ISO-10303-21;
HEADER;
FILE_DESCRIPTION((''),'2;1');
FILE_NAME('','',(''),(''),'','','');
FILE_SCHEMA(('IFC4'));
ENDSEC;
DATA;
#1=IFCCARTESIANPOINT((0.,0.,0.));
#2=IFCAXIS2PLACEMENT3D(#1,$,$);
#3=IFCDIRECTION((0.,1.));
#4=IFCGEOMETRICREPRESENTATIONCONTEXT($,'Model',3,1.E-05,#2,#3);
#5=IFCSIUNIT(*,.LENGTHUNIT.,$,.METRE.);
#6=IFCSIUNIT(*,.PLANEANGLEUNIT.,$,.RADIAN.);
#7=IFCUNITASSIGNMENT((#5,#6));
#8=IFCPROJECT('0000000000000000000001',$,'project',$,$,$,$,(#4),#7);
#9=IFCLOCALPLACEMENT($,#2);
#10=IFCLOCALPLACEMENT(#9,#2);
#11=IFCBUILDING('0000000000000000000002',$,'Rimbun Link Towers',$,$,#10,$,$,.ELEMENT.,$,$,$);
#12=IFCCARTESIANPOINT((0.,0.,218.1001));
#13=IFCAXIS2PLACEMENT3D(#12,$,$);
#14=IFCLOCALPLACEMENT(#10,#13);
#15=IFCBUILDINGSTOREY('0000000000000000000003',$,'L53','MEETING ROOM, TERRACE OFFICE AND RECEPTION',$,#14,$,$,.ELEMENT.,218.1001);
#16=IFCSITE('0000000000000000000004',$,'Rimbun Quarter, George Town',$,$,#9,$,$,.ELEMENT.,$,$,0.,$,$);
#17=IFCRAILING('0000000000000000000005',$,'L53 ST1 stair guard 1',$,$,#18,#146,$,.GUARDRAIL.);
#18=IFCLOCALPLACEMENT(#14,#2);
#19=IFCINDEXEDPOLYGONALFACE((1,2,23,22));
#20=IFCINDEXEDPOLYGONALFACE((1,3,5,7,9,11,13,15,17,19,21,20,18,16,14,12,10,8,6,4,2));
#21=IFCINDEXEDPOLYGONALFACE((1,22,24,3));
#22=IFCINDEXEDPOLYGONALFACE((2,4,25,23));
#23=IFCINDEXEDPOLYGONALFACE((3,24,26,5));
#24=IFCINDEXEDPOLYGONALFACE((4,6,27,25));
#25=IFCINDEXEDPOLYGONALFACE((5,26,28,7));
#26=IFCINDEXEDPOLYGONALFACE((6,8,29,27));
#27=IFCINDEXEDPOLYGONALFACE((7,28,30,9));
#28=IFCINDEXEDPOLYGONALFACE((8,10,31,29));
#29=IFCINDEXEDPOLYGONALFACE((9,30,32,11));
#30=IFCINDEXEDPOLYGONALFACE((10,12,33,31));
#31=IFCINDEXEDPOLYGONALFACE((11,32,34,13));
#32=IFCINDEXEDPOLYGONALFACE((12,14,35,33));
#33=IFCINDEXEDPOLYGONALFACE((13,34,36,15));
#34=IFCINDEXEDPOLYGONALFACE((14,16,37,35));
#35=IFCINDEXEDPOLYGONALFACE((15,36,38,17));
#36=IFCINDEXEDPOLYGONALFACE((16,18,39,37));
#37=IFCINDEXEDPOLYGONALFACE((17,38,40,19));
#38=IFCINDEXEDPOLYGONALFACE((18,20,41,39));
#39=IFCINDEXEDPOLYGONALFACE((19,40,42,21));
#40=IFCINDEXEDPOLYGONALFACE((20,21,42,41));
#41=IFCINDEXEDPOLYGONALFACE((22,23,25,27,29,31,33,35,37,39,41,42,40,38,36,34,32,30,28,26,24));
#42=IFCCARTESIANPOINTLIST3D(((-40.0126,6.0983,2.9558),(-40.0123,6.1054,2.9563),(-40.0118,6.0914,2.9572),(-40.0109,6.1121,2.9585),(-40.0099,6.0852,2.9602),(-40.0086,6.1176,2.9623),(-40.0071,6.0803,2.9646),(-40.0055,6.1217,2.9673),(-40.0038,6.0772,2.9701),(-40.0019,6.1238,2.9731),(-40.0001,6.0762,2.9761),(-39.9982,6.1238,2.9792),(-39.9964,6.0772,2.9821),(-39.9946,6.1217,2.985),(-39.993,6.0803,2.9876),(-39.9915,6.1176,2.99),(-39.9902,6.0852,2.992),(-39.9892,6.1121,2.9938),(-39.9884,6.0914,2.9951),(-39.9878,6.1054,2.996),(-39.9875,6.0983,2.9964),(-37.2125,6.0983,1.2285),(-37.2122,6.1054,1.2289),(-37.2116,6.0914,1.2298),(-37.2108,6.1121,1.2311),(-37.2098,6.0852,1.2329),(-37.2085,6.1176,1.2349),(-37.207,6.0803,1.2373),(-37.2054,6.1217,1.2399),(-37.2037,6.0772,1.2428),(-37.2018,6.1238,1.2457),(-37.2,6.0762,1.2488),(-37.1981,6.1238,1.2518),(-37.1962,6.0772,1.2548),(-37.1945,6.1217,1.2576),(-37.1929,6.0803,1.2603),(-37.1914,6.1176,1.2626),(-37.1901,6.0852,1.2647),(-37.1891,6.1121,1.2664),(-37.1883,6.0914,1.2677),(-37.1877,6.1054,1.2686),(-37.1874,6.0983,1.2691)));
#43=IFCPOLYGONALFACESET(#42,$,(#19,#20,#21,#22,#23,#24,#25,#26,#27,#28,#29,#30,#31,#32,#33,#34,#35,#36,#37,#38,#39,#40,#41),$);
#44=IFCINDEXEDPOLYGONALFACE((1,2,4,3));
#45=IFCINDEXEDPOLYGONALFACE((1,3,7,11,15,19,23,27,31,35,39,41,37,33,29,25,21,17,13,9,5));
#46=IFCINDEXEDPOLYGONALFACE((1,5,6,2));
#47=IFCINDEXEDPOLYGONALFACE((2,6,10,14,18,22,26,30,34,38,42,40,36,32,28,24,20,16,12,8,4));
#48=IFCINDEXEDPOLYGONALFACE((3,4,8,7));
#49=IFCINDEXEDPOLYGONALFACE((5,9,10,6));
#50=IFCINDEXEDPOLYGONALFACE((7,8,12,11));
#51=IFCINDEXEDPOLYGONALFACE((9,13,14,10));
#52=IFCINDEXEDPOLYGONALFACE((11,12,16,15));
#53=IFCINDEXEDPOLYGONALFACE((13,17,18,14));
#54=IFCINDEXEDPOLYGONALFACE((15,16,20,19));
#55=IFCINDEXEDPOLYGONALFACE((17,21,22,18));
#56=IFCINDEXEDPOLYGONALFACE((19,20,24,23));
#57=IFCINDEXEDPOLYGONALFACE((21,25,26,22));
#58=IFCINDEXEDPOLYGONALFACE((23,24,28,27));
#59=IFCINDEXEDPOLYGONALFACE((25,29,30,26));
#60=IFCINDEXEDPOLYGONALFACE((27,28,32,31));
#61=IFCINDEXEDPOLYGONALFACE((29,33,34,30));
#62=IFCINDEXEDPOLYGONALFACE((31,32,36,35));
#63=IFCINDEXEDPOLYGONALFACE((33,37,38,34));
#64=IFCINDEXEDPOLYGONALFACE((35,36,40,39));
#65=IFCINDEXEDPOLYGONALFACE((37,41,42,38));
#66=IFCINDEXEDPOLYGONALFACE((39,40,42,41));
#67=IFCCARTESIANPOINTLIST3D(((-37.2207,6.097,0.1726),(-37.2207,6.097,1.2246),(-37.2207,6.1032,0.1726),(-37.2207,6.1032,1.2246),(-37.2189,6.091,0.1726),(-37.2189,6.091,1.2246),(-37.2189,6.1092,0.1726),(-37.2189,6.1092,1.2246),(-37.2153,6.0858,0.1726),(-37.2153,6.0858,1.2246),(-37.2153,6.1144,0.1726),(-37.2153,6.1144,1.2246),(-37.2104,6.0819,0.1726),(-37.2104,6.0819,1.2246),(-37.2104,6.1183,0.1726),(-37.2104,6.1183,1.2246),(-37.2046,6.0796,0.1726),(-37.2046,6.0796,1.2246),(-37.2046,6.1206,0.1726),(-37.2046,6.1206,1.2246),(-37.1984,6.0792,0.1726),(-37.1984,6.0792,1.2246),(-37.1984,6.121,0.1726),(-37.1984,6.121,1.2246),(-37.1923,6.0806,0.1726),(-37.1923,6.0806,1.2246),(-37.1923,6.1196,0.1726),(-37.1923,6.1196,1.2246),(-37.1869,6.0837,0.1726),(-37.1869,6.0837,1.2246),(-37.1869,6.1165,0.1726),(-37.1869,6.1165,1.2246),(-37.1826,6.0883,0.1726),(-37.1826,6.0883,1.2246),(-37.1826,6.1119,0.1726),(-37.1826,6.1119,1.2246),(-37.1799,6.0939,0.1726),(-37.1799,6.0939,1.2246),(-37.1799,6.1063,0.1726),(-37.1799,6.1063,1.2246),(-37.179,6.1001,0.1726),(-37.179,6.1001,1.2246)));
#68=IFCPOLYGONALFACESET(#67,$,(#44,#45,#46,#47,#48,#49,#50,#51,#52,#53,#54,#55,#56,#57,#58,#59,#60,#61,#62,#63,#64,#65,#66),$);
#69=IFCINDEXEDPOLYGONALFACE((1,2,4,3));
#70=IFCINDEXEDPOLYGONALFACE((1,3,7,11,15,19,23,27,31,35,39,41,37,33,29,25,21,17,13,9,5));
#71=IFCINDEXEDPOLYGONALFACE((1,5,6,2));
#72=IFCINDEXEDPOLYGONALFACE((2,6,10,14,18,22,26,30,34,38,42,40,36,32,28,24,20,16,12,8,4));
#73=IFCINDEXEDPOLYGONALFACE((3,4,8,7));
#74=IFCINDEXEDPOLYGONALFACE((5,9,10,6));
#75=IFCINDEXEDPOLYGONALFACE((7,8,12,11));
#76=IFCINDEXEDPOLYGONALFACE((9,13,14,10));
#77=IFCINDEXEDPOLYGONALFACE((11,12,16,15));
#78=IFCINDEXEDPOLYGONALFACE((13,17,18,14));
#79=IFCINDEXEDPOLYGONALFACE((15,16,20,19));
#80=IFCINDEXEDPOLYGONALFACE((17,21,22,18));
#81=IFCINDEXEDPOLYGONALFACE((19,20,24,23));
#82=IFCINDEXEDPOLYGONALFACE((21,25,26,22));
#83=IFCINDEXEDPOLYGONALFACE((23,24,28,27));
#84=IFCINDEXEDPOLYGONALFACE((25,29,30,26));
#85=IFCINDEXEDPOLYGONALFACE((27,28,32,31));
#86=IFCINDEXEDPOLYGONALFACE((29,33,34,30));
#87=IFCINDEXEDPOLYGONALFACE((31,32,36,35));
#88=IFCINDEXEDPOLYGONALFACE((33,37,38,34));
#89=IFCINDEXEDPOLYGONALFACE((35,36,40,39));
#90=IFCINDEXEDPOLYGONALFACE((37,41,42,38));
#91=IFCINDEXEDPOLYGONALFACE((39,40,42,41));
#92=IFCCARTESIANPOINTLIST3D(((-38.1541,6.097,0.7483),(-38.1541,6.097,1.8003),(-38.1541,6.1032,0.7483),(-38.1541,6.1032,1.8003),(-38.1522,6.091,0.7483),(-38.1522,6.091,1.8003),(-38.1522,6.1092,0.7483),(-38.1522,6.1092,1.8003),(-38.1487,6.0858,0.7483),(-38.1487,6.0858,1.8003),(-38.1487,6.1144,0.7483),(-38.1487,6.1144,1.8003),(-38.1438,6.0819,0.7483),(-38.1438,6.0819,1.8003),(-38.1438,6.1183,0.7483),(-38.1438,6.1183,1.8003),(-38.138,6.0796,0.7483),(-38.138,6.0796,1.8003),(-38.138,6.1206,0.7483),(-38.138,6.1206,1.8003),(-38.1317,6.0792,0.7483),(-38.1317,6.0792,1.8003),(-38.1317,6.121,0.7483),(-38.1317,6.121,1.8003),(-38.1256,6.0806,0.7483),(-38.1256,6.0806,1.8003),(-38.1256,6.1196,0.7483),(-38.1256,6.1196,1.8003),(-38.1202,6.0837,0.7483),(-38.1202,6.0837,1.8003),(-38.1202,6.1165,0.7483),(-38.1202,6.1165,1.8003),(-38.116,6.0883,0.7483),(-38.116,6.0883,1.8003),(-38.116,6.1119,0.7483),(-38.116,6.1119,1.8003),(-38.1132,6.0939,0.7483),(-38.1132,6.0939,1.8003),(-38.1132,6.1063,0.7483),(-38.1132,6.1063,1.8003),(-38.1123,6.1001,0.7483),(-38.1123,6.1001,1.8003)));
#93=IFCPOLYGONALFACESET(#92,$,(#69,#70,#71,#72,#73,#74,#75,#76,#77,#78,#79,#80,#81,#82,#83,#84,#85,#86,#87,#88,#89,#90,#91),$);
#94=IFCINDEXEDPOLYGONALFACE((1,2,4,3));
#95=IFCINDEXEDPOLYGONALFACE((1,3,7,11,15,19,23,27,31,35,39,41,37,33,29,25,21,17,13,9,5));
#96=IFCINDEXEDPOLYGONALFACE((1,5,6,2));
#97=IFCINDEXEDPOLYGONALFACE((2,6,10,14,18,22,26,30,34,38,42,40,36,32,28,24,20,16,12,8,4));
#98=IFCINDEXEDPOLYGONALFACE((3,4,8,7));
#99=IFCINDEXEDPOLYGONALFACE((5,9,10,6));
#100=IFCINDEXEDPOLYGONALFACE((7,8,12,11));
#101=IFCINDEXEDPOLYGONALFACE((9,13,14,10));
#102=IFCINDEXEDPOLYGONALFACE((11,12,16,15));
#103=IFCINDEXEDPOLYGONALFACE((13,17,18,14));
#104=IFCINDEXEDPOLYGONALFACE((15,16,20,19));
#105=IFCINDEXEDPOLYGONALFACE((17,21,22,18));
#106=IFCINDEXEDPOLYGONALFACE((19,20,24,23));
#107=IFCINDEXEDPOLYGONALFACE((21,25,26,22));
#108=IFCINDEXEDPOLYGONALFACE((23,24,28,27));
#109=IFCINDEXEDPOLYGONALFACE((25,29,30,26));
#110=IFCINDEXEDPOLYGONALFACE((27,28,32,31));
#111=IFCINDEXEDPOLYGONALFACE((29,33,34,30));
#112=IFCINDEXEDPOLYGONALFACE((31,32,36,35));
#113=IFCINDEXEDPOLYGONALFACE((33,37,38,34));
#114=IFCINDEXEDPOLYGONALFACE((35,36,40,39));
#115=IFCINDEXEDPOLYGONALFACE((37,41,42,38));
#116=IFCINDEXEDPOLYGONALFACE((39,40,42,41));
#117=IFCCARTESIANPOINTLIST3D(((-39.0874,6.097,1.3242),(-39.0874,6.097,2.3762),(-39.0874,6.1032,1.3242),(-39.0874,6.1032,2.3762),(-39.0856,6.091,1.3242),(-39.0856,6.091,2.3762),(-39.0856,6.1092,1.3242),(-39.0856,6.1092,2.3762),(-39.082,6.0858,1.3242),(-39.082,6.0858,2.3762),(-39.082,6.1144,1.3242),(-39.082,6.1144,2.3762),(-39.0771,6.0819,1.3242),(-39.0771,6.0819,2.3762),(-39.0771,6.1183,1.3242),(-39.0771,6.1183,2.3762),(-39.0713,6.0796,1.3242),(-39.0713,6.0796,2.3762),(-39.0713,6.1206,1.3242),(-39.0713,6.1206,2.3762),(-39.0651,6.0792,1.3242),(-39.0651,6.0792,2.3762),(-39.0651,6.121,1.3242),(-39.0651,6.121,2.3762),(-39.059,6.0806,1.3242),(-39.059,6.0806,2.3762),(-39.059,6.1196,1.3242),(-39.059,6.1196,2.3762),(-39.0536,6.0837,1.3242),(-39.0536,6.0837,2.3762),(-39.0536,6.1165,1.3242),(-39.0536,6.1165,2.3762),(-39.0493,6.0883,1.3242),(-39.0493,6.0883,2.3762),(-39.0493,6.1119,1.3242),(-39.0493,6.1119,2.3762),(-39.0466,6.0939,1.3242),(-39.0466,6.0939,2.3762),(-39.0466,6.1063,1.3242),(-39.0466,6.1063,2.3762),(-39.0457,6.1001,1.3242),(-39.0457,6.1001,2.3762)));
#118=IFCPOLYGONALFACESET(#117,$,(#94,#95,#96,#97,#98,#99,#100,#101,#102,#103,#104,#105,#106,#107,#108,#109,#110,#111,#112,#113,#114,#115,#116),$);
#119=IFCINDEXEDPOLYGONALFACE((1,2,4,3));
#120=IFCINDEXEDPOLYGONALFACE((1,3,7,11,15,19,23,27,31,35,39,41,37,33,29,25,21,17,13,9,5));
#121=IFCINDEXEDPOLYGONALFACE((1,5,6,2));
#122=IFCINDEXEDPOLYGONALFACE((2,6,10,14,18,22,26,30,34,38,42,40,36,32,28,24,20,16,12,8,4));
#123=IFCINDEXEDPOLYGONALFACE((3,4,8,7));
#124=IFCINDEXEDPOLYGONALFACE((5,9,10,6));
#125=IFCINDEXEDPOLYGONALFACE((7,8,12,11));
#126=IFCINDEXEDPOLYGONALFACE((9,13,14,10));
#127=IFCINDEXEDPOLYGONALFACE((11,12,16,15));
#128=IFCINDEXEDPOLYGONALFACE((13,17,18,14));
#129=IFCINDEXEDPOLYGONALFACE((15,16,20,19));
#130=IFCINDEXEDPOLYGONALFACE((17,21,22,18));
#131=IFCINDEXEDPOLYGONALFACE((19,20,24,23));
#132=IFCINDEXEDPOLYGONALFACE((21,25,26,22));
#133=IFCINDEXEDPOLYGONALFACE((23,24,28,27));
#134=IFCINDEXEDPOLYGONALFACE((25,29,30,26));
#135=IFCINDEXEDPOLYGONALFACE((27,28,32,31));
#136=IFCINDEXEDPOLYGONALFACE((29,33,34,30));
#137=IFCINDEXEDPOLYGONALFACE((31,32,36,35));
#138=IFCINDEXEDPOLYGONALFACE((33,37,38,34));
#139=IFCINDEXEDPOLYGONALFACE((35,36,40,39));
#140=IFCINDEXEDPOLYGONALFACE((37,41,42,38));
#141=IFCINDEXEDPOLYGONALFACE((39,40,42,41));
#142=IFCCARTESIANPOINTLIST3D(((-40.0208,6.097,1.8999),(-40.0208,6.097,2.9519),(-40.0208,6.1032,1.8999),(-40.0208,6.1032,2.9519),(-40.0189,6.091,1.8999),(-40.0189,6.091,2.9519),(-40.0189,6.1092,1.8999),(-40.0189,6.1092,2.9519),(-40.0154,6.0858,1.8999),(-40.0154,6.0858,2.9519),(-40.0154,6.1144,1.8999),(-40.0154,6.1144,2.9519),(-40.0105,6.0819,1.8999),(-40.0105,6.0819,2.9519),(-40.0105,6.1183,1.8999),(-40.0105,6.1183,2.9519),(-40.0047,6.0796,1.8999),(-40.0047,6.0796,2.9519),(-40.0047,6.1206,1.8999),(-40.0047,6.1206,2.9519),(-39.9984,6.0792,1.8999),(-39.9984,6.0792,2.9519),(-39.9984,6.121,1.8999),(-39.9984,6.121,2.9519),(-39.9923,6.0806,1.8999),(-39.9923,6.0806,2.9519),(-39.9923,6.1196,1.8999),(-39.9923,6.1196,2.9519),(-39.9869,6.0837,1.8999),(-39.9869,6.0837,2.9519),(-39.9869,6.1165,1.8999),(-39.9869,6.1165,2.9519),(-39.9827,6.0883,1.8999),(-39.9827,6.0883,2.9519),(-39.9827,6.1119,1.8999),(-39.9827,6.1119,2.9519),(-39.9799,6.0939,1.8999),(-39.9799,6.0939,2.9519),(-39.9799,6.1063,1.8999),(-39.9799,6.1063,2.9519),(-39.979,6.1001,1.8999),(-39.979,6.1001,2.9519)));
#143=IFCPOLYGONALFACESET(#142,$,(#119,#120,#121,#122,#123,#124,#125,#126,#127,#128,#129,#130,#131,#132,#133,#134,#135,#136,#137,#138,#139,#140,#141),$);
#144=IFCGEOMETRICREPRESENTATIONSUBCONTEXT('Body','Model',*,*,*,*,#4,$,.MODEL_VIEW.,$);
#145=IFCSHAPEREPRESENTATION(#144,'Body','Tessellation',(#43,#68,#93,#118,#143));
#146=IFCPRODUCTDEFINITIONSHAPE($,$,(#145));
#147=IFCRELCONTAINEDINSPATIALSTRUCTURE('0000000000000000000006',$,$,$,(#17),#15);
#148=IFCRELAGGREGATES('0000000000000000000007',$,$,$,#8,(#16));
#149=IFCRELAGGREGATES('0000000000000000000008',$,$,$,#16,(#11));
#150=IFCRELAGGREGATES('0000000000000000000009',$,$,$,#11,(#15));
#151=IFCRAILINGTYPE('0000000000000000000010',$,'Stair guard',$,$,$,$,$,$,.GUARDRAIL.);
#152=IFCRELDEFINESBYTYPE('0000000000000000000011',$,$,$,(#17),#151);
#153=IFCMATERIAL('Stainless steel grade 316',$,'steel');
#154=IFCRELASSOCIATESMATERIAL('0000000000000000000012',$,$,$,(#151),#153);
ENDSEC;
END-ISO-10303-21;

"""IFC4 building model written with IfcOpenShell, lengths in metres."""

from ifc_helpers import new_model, si_unit, direction, frame, origin, origin_2d, place, context, subcontext, project, spatial, circle, extrude, material, type_object, element, save


model = new_model("IFC4")

# Units and contexts
model_context = context("Model", 3, precision=1e-05, world=origin(), true_north=direction((0.0, 1.0)))
body_context = subcontext(model_context, "Body", "Model", "MODEL_VIEW")
ifc_project = project(units=[si_unit("LENGTHUNIT", "METRE"), si_unit("PLANEANGLEUNIT", "RADIAN")], contexts=[model_context])

# Site, building, storey
site_placement = place(None, origin())
site = spatial("IfcSite", under=ifc_project, at=site_placement, Name="Rimbun Quarter, George Town", CompositionType="ELEMENT", RefElevation=0.0)
building_placement = place(site_placement, origin())
building = spatial("IfcBuilding", under=site, at=building_placement, Name="Rimbun Link Towers", CompositionType="ELEMENT")
storey_placement = place(building_placement, frame((0.0, 0.0, 218.1001)))
storey = spatial("IfcBuildingStorey", under=building, at=storey_placement, Name="L53", Description="MEETING ROOM, TERRACE OFFICE AND RECEPTION", CompositionType="ELEMENT", Elevation=218.1001)

# Railing
ifc_material_1 = material(Name="Stainless steel grade 316", Category="steel")
railing_type_1 = type_object("IfcRailingType", Name="Stair guard", PredefinedType="GUARDRAIL", material=ifc_material_1)
railing_1_placement = place(storey_placement, frame((-37.2, 6.1001, 0.1726)))
element("IfcRailing", 1, at=railing_1_placement, inside=storey, type_object=railing_type_1, Name="L53 ST1 stair guard 1", PredefinedType="GUARDRAIL", context=body_context, shape_type="SweptSolid", body=[
    extrude(circle(Radius=0.0239, at=origin_2d()), frame((0.0, 0.0, 1.0762), z_axis=(-0.85109, 0.0, 0.52502), x_axis=(0.0, -1.0, 0.0)), (0.0, 0.0, 1.0), 3.29),
    extrude(circle(Radius=0.021, at=origin_2d()), origin(), (0.0, 0.0, 1.0), 1.052),
    extrude(circle(Radius=0.021, at=origin_2d()), frame((-0.9333, 0.0, 0.5757)), (0.0, 0.0, 1.0), 1.052),
    extrude(circle(Radius=0.021, at=origin_2d()), frame((-1.8667, 0.0, 1.1516)), (0.0, 0.0, 1.0), 1.052),
    extrude(circle(Radius=0.021, at=origin_2d()), frame((-2.8, 0.0, 1.7273)), (0.0, 0.0, 1.0), 1.052),
])

save(model, "model.ifc")
